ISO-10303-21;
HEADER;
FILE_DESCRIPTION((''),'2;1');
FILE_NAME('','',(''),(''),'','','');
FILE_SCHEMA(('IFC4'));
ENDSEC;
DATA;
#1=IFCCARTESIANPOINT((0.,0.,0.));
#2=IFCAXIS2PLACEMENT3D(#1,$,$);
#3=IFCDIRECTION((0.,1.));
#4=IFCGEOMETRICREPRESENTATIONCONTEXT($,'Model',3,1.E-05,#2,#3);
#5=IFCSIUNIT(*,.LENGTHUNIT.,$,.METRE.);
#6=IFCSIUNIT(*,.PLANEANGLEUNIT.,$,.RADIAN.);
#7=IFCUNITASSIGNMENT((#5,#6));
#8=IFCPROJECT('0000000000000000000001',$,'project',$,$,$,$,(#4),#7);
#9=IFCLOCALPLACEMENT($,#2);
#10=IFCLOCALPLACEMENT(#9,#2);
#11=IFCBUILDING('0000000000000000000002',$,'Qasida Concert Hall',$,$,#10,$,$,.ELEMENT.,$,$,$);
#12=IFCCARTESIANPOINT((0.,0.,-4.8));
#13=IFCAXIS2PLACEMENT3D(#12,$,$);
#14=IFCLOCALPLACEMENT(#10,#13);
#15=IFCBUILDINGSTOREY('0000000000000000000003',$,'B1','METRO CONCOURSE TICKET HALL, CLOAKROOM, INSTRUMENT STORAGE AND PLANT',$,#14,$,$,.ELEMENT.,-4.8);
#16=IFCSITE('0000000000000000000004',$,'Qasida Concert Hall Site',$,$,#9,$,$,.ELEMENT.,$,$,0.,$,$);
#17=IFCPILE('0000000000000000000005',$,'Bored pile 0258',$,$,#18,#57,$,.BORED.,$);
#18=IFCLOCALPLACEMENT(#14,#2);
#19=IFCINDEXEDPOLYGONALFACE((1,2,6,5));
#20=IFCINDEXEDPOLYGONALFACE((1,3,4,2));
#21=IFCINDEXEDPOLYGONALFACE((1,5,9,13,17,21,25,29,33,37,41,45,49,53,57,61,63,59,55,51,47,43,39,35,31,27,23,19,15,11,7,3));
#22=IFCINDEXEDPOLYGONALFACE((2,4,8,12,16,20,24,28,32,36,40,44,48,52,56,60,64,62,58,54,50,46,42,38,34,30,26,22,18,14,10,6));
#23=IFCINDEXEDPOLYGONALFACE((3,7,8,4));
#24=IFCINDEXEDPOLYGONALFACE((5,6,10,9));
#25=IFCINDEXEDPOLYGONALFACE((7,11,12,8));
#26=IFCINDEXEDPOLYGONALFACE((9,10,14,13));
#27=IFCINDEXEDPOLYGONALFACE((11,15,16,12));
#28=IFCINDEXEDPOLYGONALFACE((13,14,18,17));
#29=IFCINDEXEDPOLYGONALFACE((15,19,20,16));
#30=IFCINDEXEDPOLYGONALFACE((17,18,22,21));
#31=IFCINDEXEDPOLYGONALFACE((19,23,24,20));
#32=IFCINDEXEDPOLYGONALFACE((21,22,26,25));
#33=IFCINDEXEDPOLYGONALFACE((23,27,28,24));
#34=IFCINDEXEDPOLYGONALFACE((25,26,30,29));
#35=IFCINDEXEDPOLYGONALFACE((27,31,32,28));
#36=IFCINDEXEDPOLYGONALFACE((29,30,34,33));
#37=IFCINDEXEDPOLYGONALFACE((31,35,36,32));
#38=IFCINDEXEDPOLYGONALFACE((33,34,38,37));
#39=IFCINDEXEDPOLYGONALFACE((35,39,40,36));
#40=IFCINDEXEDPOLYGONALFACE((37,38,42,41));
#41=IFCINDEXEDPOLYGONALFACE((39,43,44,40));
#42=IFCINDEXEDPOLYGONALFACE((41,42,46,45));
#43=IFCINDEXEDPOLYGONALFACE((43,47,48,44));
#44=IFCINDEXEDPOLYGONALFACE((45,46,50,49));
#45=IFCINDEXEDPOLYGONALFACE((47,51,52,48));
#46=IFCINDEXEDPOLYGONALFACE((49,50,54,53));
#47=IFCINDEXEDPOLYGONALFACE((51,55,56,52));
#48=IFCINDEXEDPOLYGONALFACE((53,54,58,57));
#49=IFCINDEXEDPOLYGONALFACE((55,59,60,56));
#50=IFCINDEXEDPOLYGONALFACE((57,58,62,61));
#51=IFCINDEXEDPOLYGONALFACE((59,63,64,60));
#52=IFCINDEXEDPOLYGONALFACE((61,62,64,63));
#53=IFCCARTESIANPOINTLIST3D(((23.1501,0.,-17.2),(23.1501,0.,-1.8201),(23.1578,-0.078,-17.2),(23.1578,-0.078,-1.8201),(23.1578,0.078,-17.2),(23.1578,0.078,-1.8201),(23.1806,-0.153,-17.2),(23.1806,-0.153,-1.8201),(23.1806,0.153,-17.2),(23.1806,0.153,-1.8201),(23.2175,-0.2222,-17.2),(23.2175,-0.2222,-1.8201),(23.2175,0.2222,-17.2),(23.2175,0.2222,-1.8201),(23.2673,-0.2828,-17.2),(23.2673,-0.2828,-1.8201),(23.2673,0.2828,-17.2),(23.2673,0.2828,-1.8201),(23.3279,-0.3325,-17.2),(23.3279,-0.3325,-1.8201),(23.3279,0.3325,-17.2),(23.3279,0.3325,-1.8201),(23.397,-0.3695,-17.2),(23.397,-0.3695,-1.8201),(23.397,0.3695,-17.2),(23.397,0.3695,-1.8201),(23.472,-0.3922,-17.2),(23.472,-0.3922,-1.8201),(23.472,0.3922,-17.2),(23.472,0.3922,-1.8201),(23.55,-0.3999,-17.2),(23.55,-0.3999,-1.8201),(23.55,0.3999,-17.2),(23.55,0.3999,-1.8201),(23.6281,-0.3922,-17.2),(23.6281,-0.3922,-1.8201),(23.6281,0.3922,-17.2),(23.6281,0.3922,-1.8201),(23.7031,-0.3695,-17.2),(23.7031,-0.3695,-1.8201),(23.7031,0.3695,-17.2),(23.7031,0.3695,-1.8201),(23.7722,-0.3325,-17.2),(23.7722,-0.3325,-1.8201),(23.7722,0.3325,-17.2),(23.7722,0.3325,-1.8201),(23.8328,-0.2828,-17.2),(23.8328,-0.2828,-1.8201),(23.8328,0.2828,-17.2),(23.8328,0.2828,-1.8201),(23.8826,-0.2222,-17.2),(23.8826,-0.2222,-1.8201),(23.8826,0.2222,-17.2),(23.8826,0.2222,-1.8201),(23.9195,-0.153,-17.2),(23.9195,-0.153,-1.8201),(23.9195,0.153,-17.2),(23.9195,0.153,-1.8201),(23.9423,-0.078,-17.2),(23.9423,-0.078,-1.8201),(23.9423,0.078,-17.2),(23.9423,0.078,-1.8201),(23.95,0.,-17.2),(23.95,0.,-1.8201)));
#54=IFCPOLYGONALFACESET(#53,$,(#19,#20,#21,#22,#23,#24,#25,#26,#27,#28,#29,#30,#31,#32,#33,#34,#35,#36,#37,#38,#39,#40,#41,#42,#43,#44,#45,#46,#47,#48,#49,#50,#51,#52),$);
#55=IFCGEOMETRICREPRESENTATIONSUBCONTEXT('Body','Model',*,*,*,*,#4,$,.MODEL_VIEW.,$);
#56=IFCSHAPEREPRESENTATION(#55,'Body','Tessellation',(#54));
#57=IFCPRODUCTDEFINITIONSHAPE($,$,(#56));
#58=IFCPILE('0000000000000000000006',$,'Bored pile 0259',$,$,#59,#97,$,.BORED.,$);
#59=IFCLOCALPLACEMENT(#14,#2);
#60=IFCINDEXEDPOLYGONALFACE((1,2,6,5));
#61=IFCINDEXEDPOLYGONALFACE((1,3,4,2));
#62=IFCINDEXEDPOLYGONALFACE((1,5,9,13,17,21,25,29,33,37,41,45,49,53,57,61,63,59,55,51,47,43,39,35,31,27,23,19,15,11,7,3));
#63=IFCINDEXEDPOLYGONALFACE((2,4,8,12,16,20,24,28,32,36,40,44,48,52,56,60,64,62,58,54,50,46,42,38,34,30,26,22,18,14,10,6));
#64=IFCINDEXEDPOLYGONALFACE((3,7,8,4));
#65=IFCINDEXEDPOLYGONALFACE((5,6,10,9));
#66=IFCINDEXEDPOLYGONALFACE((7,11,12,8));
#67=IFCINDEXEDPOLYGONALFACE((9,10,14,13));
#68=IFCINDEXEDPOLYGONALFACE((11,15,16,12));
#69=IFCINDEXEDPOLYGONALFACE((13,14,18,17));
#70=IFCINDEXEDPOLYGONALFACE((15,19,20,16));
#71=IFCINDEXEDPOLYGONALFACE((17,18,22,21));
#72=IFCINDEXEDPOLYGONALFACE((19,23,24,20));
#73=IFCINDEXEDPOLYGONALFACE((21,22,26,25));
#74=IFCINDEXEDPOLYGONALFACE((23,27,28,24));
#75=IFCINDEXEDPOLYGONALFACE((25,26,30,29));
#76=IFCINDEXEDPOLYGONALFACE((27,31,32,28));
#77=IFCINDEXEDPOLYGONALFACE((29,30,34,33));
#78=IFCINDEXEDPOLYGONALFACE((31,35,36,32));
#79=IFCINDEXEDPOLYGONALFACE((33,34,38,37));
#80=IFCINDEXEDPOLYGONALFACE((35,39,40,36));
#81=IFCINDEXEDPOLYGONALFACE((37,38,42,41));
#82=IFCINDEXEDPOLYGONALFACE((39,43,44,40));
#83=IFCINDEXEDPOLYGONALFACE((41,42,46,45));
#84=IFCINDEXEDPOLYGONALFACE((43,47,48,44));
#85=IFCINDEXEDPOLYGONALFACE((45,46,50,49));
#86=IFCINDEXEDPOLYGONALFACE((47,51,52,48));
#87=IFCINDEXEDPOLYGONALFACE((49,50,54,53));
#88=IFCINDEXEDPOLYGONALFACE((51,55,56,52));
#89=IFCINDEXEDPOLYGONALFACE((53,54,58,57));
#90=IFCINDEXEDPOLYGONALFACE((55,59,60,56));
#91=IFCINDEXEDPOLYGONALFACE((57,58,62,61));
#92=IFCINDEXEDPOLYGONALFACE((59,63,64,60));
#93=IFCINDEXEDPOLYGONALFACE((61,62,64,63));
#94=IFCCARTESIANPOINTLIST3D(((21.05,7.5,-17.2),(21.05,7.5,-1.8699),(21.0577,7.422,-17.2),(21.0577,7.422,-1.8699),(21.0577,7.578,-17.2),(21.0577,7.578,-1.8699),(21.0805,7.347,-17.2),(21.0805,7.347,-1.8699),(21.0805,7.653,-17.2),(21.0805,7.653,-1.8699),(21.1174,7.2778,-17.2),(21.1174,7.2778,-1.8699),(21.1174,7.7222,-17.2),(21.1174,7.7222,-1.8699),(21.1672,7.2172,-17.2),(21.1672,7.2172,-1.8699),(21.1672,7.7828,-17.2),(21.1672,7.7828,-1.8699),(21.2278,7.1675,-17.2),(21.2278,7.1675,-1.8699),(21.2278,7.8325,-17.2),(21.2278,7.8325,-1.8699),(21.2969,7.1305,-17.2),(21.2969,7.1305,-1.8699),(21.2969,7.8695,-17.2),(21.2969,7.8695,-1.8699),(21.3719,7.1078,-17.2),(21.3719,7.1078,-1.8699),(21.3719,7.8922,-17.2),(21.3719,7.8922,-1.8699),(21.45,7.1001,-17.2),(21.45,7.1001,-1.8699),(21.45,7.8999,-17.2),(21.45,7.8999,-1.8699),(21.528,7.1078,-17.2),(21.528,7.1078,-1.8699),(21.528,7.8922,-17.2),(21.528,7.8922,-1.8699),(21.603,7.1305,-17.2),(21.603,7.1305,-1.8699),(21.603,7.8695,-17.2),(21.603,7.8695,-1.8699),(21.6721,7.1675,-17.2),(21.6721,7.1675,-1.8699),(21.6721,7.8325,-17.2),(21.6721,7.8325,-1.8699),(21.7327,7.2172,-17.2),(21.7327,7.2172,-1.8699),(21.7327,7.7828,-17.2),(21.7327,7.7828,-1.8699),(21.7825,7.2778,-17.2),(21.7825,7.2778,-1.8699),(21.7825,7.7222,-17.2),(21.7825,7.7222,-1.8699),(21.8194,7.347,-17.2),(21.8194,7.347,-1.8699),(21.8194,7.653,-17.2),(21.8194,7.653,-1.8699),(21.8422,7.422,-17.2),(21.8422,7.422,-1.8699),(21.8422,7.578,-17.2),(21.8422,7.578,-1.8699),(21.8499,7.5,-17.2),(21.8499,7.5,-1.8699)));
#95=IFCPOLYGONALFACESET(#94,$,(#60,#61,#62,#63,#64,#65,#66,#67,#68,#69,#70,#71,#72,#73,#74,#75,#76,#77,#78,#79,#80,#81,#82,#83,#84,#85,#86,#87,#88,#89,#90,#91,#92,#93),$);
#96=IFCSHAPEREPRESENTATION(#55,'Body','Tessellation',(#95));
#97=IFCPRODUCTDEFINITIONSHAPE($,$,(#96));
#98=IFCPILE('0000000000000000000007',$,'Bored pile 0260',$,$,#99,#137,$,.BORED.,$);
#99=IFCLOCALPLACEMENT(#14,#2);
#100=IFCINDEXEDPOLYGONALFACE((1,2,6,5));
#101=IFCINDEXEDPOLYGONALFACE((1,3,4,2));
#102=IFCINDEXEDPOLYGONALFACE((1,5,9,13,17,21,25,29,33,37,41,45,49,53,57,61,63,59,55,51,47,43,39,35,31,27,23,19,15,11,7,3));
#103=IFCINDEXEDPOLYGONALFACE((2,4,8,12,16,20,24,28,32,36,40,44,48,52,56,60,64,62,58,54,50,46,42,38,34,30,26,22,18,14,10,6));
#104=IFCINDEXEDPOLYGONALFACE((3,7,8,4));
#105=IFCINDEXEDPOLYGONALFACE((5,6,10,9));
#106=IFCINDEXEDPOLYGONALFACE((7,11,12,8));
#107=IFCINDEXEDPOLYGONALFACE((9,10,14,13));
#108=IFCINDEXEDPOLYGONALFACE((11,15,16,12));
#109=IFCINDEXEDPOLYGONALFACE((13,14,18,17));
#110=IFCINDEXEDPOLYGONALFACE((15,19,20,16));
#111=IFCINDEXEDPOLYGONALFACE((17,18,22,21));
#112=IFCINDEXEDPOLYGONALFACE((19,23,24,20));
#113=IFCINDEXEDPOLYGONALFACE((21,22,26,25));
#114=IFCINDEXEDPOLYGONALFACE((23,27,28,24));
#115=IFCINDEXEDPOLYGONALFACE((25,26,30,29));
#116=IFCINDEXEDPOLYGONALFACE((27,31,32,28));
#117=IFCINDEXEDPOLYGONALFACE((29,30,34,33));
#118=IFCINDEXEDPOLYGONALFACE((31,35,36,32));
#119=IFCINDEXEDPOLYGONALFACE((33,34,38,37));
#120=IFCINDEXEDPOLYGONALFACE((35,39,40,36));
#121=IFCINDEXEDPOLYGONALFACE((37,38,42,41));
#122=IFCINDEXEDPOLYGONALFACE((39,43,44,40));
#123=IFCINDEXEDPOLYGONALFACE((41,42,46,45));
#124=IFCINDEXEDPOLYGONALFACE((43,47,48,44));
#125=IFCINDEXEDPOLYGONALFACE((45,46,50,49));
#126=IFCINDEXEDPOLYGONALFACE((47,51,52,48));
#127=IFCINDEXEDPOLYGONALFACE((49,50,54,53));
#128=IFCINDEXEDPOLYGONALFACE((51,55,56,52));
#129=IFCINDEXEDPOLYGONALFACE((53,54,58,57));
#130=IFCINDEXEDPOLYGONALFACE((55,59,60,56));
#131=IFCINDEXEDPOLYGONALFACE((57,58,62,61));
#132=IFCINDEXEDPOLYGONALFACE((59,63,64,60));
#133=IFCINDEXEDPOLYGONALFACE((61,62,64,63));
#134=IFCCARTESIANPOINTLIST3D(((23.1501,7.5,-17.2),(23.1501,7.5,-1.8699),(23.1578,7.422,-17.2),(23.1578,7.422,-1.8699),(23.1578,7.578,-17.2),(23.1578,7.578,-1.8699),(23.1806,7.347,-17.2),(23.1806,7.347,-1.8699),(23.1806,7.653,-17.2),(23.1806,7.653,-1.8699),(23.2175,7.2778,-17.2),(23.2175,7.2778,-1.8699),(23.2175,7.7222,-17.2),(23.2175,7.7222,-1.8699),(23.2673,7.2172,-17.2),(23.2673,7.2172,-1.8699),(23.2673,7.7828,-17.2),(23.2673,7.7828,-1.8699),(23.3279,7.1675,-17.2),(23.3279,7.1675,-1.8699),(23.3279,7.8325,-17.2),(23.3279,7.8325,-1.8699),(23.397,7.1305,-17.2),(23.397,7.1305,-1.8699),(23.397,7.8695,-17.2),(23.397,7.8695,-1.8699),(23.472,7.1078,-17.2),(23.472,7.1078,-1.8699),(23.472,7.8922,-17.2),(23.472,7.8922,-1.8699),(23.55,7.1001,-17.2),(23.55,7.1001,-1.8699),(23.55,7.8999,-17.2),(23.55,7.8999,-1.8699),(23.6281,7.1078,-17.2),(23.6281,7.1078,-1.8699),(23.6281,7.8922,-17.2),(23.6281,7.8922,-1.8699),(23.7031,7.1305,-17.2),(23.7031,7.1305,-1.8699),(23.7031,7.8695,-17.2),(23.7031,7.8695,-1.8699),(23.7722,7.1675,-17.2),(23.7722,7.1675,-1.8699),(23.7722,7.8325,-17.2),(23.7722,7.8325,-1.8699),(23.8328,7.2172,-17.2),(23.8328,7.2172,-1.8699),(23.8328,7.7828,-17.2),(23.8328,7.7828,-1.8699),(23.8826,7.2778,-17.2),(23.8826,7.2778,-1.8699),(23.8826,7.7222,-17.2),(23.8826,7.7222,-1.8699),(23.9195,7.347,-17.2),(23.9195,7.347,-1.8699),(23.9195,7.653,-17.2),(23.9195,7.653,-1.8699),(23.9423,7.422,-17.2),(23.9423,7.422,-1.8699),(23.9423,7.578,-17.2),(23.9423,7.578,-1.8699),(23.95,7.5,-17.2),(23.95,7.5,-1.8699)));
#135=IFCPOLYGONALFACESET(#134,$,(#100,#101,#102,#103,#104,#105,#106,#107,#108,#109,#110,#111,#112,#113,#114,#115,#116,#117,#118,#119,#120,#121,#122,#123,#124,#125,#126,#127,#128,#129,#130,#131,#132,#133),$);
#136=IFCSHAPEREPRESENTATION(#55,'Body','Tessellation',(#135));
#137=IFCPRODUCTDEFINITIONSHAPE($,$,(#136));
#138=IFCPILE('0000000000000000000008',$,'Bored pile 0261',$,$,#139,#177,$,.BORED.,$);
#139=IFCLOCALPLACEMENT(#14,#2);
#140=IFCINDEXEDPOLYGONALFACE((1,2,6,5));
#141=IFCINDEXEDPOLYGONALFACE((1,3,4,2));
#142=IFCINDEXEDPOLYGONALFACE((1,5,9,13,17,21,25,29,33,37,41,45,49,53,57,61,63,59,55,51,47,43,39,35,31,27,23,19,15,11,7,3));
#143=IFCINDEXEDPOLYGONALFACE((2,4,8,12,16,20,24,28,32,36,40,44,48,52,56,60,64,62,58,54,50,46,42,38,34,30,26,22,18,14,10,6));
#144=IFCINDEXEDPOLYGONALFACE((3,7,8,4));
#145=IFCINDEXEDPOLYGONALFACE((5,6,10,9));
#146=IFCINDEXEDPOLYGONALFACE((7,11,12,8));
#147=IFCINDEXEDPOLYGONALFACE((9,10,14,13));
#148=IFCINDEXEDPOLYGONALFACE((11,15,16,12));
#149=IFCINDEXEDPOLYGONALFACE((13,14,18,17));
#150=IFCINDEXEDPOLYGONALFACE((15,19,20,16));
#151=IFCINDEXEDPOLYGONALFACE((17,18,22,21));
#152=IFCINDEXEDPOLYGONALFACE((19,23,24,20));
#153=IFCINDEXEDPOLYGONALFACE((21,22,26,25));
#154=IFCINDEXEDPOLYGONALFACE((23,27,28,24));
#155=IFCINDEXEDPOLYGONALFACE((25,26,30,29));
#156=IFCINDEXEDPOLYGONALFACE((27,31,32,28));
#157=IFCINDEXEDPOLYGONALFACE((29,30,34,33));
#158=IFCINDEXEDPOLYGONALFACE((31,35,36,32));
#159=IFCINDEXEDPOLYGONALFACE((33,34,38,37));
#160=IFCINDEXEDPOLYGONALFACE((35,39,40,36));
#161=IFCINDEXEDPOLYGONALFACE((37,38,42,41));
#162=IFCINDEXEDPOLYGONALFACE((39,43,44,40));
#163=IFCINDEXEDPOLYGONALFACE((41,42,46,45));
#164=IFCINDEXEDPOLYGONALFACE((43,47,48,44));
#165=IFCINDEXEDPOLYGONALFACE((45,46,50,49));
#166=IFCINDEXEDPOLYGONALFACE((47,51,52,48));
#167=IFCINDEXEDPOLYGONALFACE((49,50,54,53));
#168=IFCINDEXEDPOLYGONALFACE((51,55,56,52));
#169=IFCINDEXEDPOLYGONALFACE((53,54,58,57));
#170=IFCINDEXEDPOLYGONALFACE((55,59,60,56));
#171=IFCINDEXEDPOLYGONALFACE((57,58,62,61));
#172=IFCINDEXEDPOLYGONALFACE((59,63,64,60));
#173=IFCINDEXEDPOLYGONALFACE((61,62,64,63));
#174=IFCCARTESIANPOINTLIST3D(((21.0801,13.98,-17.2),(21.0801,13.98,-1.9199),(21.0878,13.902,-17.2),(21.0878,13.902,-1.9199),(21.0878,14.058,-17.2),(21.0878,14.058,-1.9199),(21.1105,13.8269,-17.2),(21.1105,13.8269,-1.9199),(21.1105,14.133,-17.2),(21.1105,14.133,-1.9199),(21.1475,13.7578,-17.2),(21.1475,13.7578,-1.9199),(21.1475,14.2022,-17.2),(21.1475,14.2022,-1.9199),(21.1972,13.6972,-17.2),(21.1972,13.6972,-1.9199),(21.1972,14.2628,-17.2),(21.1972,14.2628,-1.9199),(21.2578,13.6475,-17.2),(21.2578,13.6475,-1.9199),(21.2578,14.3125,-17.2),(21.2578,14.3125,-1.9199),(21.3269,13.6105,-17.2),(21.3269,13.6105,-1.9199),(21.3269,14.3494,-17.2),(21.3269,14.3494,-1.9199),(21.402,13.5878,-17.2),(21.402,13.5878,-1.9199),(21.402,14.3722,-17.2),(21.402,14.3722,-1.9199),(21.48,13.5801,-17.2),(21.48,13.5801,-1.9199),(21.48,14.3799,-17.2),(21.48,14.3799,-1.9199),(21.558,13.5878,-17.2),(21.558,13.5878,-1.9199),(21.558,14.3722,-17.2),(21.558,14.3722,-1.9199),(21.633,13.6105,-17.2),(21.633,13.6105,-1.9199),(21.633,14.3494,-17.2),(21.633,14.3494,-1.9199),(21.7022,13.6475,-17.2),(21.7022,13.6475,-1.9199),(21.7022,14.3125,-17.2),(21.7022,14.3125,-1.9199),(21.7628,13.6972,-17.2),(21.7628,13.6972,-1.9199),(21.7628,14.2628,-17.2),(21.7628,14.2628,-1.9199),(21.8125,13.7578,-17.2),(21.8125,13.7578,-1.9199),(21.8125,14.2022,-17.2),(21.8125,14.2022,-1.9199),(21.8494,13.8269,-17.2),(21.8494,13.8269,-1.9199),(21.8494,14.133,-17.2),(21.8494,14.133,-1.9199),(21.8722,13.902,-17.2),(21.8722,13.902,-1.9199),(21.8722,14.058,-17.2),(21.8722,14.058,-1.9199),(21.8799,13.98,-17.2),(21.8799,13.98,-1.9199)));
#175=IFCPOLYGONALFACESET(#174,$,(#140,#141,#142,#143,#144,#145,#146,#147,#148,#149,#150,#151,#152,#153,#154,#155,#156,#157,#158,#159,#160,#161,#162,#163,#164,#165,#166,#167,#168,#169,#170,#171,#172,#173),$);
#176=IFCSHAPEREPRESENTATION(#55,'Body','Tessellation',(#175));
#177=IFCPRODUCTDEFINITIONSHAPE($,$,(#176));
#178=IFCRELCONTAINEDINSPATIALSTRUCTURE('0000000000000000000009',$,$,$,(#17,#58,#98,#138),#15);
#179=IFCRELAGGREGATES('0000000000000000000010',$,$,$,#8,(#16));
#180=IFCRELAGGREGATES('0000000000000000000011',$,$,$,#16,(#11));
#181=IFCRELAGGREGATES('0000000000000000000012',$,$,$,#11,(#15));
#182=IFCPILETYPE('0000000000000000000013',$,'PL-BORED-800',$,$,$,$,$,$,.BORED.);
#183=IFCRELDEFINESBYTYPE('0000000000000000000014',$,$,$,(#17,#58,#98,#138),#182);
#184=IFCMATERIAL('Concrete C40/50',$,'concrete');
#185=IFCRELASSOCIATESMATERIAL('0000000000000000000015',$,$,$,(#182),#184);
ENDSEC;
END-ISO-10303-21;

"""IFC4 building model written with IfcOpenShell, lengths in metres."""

from ifc_helpers import new_model, si_unit, direction, frame, origin, origin_2d, place, context, subcontext, project, spatial, circle, extrude, material, material_profile, profile_set, type_object, element, save


model = new_model("IFC4")

# Units and contexts
model_context = context("Model", 3, precision=1e-05, world=origin(), true_north=direction((0.0, 1.0)))
body_context = subcontext(model_context, "Body", "Model", "MODEL_VIEW")
ifc_project = project(units=[si_unit("LENGTHUNIT", "METRE"), si_unit("PLANEANGLEUNIT", "RADIAN")], contexts=[model_context])

# Site, building, storey
site_placement = place(None, origin())
site = spatial("IfcSite", under=ifc_project, at=site_placement, Name="Qasida Concert Hall Site", CompositionType="ELEMENT", RefElevation=0.0)
building_placement = place(site_placement, origin())
building = spatial("IfcBuilding", under=site, at=building_placement, Name="Qasida Concert Hall", CompositionType="ELEMENT")
storey_placement = place(building_placement, frame((0.0, 0.0, -4.8)))
storey = spatial("IfcBuildingStorey", under=building, at=storey_placement, Name="B1", Description="METRO CONCOURSE TICKET HALL, CLOAKROOM, INSTRUMENT STORAGE AND PLANT", CompositionType="ELEMENT", Elevation=-4.8)

# Shared definitions
ifc_material_1 = material(Name="Concrete C40/50", Category="concrete")

# Piles
ifc_material_profile_1 = material_profile(ifc_material_1, circle(Radius=0.3999, at=origin_2d()), Name="BORED PILE D800")
ifc_profile_set_1 = profile_set([ifc_material_profile_1], Name="Concrete C40/50")
pile_type = type_object("IfcPileType", Name="PL-BORED-800", PredefinedType="BORED", material=ifc_profile_set_1)
for number, where, z_axis, x_axis, name in (
    (1, (23.55, 0.0, -1.8201), (0.0, 0.0, -1.0), (1.0, 0.0, 0.0), "Bored pile 0258"),
):
    element("IfcPile", number, at=place(storey_placement, frame(where, z_axis=z_axis, x_axis=x_axis)), inside=storey, type_object=pile_type, Name=name, PredefinedType="BORED", context=body_context, shape_type="SweptSolid", body=[
        extrude(circle(Radius=0.3999, at=origin_2d()), origin(), (0.0, 0.0, 1.0), 15.3799),
    ])
for number, where, z_axis, x_axis, name in (
    (2, (21.45, 7.5, -1.8699), (0.0, 0.0, -1.0), (1.0, 0.0, 0.0), "Bored pile 0259"),
    (3, (23.55, 7.5, -1.8699), (0.0, 0.0, -1.0), (1.0, 0.0, 0.0), "Bored pile 0260"),
):
    element("IfcPile", number, at=place(storey_placement, frame(where, z_axis=z_axis, x_axis=x_axis)), inside=storey, type_object=pile_type, Name=name, PredefinedType="BORED", context=body_context, shape_type="SweptSolid", body=[
        extrude(circle(Radius=0.3999, at=origin_2d()), origin(), (0.0, 0.0, 1.0), 15.3301),
    ])
for number, where, z_axis, x_axis, name in (
    (4, (21.48, 13.98, -1.9199), (0.0, 0.0, -1.0), (1.0, 0.0, 0.0), "Bored pile 0261"),
):
    element("IfcPile", number, at=place(storey_placement, frame(where, z_axis=z_axis, x_axis=x_axis)), inside=storey, type_object=pile_type, Name=name, PredefinedType="BORED", context=body_context, shape_type="SweptSolid", body=[
        extrude(circle(Radius=0.3999, at=origin_2d()), origin(), (0.0, 0.0, 1.0), 15.28),
    ])

save(model, "model.ifc")
